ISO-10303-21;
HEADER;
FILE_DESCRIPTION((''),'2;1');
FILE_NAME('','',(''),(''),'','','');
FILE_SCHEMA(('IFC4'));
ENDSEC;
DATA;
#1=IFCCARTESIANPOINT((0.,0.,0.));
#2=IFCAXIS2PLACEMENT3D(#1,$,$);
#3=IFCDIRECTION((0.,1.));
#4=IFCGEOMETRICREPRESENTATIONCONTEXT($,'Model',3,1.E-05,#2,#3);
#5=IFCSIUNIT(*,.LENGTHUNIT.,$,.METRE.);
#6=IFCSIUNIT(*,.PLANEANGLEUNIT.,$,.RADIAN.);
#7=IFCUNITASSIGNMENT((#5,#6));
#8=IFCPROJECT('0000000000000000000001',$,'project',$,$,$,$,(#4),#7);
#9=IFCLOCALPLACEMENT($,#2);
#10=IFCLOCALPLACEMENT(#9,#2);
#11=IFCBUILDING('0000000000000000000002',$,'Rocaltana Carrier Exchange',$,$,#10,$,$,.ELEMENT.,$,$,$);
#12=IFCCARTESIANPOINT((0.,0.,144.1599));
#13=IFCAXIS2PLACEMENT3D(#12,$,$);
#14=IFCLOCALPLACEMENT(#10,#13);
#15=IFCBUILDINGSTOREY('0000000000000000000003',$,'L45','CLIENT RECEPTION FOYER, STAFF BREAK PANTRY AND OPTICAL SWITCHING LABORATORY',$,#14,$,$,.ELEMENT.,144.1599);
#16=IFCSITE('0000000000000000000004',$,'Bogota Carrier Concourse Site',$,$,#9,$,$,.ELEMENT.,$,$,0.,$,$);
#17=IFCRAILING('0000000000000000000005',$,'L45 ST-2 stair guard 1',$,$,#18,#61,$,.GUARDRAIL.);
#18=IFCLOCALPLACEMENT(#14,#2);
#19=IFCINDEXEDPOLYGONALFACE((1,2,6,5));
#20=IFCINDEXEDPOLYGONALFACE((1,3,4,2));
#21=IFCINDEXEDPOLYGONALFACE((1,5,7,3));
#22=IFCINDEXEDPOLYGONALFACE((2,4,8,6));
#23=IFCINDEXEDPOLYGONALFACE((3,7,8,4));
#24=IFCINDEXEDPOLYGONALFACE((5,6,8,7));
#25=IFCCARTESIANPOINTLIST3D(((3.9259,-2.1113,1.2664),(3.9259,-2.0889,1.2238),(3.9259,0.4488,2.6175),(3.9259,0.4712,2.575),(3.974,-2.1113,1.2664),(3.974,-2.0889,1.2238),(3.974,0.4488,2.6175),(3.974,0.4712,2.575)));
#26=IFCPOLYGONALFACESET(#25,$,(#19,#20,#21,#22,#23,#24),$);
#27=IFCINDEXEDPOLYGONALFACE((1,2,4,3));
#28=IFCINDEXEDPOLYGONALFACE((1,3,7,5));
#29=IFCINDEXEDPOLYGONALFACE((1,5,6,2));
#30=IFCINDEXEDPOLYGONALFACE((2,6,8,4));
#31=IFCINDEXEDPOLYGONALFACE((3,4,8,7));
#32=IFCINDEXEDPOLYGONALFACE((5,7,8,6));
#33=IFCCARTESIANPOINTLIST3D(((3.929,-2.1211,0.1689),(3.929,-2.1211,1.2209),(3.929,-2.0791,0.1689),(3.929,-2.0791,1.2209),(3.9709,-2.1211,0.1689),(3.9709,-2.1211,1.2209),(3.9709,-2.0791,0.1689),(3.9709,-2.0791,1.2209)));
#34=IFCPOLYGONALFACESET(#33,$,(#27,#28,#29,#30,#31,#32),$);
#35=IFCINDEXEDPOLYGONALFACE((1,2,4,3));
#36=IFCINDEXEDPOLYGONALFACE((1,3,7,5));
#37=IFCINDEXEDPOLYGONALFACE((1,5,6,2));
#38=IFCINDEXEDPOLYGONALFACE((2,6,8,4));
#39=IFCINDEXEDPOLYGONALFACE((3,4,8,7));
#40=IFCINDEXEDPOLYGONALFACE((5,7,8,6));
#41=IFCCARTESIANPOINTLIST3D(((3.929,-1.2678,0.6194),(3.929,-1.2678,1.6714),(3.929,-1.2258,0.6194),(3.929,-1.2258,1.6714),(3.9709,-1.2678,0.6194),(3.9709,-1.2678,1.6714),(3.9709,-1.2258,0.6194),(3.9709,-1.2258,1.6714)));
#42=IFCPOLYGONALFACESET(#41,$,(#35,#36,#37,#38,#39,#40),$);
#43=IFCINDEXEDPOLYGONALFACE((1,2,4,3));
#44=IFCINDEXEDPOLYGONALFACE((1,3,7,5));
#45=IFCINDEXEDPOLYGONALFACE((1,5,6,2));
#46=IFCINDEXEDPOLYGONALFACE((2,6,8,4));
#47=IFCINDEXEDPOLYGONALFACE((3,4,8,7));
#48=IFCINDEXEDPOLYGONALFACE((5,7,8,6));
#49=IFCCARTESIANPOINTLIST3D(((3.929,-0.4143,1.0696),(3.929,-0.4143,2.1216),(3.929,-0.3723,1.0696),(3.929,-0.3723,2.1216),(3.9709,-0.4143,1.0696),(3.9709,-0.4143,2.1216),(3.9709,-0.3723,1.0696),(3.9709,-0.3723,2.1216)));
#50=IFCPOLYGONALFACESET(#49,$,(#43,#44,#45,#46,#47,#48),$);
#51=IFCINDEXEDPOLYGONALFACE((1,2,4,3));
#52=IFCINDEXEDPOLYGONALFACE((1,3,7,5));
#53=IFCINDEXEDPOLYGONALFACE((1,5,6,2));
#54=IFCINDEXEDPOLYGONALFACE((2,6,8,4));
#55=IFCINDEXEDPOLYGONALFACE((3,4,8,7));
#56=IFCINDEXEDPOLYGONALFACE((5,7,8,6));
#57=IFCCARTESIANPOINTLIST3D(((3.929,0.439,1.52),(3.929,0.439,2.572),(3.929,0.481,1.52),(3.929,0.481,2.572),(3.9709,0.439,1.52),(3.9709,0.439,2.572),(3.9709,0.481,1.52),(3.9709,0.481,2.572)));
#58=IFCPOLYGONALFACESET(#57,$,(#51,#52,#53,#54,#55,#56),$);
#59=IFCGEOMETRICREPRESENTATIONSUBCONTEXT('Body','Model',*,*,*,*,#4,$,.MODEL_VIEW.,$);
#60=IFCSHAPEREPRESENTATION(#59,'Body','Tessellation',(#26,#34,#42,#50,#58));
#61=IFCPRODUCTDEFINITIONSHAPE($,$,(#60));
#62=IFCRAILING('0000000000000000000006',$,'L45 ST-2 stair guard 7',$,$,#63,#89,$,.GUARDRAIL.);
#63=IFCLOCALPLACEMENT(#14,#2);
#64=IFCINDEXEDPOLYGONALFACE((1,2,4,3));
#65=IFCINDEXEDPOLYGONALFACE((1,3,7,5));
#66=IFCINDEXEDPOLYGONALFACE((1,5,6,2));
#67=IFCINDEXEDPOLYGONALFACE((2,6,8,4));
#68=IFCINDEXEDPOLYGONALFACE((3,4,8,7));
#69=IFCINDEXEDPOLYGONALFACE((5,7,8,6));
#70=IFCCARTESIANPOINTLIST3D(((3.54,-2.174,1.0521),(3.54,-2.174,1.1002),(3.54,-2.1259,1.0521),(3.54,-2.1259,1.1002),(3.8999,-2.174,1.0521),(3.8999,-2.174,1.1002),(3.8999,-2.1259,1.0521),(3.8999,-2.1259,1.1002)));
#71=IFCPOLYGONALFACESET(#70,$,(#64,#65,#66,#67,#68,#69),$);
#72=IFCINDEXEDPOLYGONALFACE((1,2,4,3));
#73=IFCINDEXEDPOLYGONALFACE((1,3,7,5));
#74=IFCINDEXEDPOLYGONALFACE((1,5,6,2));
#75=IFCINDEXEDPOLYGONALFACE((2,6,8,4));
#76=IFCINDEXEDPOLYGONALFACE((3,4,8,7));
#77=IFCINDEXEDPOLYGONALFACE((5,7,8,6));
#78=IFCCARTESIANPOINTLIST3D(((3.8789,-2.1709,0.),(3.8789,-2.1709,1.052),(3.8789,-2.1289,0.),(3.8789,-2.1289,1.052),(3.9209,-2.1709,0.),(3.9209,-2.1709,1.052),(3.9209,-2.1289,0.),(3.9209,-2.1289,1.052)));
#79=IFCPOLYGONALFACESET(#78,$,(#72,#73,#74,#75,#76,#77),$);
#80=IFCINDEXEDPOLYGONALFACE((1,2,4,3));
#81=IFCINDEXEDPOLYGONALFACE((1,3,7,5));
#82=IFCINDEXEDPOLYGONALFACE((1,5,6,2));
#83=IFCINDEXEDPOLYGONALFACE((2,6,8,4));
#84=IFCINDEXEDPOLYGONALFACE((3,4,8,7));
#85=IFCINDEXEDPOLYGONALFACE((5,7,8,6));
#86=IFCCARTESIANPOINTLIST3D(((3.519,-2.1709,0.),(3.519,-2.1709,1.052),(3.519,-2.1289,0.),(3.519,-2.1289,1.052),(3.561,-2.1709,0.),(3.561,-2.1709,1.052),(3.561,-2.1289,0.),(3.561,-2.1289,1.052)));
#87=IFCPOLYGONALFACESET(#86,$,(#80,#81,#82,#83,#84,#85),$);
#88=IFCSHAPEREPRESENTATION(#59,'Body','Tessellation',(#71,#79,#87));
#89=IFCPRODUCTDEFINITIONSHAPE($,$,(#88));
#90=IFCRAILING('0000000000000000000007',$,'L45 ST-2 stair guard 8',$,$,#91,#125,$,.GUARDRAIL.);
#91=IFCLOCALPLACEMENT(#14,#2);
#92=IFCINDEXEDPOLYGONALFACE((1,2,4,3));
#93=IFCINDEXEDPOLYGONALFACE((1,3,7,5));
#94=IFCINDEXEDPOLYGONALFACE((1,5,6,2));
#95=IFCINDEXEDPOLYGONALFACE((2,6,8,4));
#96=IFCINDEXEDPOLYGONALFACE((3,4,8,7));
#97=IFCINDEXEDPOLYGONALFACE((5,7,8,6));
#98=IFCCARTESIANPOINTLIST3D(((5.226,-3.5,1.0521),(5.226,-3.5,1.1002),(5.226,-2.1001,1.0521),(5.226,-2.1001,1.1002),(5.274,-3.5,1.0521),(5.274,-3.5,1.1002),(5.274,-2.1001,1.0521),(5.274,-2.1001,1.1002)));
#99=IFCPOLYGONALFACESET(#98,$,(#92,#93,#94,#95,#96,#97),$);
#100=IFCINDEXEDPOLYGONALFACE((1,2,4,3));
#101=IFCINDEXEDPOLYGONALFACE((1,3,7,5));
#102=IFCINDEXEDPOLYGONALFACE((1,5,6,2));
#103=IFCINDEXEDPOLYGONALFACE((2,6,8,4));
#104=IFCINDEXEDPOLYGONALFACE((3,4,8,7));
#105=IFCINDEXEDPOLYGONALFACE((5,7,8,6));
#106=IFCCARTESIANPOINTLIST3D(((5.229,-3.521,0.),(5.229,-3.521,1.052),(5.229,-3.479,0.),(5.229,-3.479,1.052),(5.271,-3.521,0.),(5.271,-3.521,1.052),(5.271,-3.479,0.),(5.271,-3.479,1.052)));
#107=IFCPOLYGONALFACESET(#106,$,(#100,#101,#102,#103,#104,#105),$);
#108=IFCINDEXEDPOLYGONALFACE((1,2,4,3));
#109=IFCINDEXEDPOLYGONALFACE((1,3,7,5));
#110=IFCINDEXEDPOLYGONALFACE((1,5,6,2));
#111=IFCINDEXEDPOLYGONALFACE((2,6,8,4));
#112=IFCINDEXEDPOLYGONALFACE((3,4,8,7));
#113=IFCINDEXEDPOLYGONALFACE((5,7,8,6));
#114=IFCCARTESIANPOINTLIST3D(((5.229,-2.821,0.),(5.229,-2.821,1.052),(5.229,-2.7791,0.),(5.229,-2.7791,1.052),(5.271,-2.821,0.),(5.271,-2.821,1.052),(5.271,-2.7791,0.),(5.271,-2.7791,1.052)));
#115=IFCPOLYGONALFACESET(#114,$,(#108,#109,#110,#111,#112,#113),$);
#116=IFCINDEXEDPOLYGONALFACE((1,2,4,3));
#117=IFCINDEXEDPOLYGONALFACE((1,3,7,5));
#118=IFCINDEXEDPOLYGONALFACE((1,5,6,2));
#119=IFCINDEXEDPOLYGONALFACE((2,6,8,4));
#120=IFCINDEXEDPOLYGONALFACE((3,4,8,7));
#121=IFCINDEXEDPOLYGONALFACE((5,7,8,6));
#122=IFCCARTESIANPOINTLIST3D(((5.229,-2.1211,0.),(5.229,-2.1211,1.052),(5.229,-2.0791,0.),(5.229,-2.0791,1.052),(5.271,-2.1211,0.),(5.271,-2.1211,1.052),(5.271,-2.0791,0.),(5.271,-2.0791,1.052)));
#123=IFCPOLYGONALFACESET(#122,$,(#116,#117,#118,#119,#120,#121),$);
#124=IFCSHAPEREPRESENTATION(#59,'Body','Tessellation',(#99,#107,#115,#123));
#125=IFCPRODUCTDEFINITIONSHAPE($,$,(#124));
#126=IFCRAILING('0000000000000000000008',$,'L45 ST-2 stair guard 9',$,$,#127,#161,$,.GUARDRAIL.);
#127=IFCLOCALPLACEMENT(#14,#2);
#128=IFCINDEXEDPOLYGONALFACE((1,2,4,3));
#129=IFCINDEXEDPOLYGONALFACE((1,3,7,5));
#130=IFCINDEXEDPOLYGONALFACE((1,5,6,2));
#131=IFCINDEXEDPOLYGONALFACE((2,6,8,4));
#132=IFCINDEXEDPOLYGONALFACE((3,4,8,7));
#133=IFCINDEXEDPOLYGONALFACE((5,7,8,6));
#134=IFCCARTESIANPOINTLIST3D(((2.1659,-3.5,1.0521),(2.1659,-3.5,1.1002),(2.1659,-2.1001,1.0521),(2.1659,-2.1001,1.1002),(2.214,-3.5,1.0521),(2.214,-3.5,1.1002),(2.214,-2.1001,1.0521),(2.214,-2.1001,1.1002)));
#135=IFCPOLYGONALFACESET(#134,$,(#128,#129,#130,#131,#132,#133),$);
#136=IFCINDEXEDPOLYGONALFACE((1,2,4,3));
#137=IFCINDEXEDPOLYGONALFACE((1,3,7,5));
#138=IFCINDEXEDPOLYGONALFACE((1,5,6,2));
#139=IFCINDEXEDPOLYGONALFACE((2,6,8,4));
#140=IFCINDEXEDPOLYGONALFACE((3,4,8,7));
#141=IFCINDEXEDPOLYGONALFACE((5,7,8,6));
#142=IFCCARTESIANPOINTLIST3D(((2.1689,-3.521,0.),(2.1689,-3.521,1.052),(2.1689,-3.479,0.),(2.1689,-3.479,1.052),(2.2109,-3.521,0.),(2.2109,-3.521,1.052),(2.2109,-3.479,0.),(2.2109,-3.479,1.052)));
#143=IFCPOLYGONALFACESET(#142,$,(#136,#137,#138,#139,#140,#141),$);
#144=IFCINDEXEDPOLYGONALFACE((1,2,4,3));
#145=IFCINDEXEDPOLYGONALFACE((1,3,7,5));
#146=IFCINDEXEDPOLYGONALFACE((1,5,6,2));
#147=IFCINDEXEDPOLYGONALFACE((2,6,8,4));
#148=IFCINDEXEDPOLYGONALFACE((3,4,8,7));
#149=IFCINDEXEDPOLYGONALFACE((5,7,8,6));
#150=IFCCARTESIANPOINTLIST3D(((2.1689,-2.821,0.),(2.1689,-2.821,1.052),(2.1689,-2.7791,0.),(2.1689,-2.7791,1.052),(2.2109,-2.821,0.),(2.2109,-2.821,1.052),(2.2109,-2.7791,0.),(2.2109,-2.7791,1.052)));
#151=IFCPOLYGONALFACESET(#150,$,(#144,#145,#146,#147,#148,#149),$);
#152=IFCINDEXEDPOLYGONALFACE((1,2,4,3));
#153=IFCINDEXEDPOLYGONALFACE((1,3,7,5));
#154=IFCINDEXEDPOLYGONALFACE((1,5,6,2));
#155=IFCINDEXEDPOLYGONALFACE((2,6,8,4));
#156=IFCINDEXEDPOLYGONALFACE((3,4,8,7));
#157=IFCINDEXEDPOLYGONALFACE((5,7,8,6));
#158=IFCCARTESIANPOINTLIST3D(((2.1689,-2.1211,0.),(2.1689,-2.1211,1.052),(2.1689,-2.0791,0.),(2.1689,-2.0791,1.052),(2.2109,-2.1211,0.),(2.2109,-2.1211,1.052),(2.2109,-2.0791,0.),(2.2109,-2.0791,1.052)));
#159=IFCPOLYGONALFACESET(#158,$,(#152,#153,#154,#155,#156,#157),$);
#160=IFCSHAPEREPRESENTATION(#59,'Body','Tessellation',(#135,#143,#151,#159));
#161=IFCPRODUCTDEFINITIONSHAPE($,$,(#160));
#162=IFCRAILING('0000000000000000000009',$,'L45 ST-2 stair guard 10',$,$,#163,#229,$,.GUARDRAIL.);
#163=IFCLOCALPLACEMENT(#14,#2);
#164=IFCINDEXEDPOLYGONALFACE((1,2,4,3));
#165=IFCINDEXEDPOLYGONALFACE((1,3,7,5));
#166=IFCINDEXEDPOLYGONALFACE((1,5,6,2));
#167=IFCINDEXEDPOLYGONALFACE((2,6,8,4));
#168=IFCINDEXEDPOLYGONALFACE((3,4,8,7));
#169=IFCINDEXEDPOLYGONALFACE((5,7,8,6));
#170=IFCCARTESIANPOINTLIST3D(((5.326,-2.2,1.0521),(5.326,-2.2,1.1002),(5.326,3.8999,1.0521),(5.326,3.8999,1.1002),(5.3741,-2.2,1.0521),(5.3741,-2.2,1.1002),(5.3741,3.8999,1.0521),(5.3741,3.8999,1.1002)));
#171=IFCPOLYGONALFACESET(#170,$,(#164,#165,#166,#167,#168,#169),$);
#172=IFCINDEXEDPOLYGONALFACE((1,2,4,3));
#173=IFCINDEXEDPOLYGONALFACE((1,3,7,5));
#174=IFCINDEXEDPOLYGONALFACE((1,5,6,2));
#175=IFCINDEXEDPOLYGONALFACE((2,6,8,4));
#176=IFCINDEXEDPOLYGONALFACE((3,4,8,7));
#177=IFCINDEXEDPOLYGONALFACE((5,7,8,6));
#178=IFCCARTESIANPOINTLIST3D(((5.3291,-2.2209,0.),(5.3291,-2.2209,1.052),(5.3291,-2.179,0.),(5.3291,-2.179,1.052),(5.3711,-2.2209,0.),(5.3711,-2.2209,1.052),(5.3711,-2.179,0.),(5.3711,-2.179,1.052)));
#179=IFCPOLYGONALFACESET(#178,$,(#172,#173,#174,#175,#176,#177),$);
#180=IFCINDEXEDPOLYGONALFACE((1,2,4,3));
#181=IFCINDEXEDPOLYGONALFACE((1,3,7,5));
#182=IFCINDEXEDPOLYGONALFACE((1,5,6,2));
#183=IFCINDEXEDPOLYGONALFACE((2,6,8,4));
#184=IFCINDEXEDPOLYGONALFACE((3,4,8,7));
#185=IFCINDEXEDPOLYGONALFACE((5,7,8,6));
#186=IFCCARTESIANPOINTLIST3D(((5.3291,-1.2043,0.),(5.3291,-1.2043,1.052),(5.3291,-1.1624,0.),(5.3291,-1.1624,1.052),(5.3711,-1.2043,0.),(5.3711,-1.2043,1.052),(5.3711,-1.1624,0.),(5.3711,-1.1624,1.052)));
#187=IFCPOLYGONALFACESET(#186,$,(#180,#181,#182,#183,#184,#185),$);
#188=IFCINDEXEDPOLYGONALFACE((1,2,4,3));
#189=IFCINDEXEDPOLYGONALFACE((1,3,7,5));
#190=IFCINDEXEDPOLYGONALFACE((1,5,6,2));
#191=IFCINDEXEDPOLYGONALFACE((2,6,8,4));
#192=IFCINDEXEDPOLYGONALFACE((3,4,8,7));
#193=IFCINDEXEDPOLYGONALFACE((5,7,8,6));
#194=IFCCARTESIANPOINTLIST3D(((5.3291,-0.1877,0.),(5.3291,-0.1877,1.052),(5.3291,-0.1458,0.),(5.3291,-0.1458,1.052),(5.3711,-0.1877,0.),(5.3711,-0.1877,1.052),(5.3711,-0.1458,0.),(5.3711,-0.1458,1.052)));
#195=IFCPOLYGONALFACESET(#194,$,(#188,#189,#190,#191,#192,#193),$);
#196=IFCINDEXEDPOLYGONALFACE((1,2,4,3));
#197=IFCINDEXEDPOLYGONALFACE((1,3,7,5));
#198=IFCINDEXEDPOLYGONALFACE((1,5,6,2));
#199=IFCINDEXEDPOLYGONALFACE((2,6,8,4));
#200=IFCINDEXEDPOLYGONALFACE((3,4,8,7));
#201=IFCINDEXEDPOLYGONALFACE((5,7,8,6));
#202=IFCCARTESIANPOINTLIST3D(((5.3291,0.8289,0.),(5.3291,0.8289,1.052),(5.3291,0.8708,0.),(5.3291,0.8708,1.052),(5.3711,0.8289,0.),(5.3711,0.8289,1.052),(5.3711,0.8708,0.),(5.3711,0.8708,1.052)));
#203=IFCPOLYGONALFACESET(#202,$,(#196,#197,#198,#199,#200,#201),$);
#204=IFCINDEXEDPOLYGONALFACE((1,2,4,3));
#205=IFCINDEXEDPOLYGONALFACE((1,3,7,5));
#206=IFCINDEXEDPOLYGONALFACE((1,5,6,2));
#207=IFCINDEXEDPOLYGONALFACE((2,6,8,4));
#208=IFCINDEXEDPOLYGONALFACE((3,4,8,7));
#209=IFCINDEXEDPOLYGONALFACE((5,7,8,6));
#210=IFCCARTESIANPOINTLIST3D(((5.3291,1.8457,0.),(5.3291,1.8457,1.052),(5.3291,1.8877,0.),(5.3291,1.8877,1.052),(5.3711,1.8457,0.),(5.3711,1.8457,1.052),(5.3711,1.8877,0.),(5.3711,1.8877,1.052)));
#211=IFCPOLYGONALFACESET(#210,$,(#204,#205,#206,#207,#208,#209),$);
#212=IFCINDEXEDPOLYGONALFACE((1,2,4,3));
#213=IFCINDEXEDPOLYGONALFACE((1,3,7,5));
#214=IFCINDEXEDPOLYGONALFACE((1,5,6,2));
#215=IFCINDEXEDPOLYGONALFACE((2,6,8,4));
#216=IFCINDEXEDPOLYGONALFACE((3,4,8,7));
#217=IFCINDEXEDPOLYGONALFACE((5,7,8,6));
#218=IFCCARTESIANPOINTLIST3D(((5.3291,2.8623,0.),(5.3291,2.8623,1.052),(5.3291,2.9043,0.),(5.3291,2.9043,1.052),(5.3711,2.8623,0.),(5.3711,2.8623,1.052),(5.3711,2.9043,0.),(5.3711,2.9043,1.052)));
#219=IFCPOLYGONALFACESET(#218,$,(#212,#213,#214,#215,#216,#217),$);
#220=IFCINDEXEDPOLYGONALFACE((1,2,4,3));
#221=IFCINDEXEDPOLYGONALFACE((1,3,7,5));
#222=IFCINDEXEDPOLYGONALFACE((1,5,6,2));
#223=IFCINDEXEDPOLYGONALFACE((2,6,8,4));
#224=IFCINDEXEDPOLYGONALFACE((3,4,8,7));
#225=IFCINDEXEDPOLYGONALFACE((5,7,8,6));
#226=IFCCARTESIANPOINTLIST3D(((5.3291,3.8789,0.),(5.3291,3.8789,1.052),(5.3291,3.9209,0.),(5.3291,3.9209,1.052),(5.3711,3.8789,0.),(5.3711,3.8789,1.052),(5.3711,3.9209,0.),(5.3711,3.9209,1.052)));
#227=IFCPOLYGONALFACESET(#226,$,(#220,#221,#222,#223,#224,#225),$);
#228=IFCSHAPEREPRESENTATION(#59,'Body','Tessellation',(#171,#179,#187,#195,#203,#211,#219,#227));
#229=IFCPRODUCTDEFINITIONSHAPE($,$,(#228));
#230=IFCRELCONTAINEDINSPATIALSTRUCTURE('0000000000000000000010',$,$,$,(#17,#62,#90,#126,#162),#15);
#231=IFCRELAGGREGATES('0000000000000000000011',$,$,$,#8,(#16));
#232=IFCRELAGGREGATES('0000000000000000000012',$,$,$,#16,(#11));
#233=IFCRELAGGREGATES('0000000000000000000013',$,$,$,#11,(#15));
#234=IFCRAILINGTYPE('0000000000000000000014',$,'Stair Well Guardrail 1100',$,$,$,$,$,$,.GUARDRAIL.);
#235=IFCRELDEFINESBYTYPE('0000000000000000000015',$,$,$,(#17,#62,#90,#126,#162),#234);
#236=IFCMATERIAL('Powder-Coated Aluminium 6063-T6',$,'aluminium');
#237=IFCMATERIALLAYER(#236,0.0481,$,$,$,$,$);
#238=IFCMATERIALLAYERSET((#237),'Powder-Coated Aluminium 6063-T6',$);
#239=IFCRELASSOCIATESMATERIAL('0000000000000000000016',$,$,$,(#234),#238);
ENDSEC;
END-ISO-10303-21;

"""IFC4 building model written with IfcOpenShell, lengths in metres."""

from ifc_helpers import new_model, si_unit, direction, frame, origin, origin_2d, place, context, subcontext, project, spatial, rectangle, extrude, material, layer, layer_set, type_object, element, save


model = new_model("IFC4")

# Units and contexts
model_context = context("Model", 3, precision=1e-05, world=origin(), true_north=direction((0.0, 1.0)))
body_context = subcontext(model_context, "Body", "Model", "MODEL_VIEW")
ifc_project = project(units=[si_unit("LENGTHUNIT", "METRE"), si_unit("PLANEANGLEUNIT", "RADIAN")], contexts=[model_context])

# Site, building, storey
site_placement = place(None, origin())
site = spatial("IfcSite", under=ifc_project, at=site_placement, Name="Bogota Carrier Concourse Site", CompositionType="ELEMENT", RefElevation=0.0)
building_placement = place(site_placement, origin())
building = spatial("IfcBuilding", under=site, at=building_placement, Name="Rocaltana Carrier Exchange", CompositionType="ELEMENT")
storey_placement = place(building_placement, frame((0.0, 0.0, 144.1599)))
storey = spatial("IfcBuildingStorey", under=building, at=storey_placement, Name="L45", Description="CLIENT RECEPTION FOYER, STAFF BREAK PANTRY AND OPTICAL SWITCHING LABORATORY", CompositionType="ELEMENT", Elevation=144.1599)

# Railings
ifc_material_1 = material(Name="Powder-Coated Aluminium 6063-T6", Category="aluminium")
ifc_layer_1 = layer(ifc_material_1, 0.0481)
ifc_layer_set_1 = layer_set([ifc_layer_1], Name="Powder-Coated Aluminium 6063-T6")
railing_type_1 = type_object("IfcRailingType", Name="Stair Well Guardrail 1100", PredefinedType="GUARDRAIL", material=ifc_layer_set_1)
railing_1_placement = place(storey_placement, frame((3.95, -2.1001, 0.1689)))
element("IfcRailing", 1, at=railing_1_placement, inside=storey, type_object=railing_type_1, Name="L45 ST-2 stair guard 1", PredefinedType="GUARDRAIL", context=body_context, shape_type="SweptSolid", body=[
    extrude(rectangle(XDim=0.0481, YDim=0.0481, at=origin_2d()), frame((0.0, 0.0, 1.0762), z_axis=(0.0, 0.884394, 0.46674), x_axis=(-1.0, 0.0, 0.0)), (0.0, 0.0, 1.0), 2.8948),
    extrude(rectangle(XDim=0.042, YDim=0.042, at=origin_2d()), origin(), (0.0, 0.0, 1.0), 1.052),
    extrude(rectangle(XDim=0.042, YDim=0.042, at=origin_2d()), frame((0.0, 0.8533, 0.4504)), (0.0, 0.0, 1.0), 1.052),
    extrude(rectangle(XDim=0.042, YDim=0.042, at=origin_2d()), frame((0.0, 1.7068, 0.9006)), (0.0, 0.0, 1.0), 1.052),
    extrude(rectangle(XDim=0.042, YDim=0.042, at=origin_2d()), frame((0.0, 2.5601, 1.3511)), (0.0, 0.0, 1.0), 1.052),
])
railing_2_placement = place(storey_placement, frame((3.8999, -2.1499, 0.0)))
element("IfcRailing", 2, at=railing_2_placement, inside=storey, type_object=railing_type_1, Name="L45 ST-2 stair guard 7", PredefinedType="GUARDRAIL", context=body_context, shape_type="SweptSolid", body=[
    extrude(rectangle(XDim=0.0481, YDim=0.0481, at=origin_2d()), frame((0.0, 0.0, 1.0762), z_axis=(-1.0, 0.0, 0.0), x_axis=(0.0, -1.0, 0.0)), (0.0, 0.0, 1.0), 0.3599),
    extrude(rectangle(XDim=0.042, YDim=0.042, at=origin_2d()), origin(), (0.0, 0.0, 1.0), 1.052),
    extrude(rectangle(XDim=0.042, YDim=0.042, at=origin_2d()), frame((-0.3599, 0.0, 0.0)), (0.0, 0.0, 1.0), 1.052),
])
for number, where, name in (
    (3, (5.25, -3.5, 0.0), "L45 ST-2 stair guard 8"),
    (4, (2.1899, -3.5, 0.0), "L45 ST-2 stair guard 9"),
):
    element("IfcRailing", number, at=place(storey_placement, frame(where)), inside=storey, type_object=railing_type_1, Name=name, PredefinedType="GUARDRAIL", context=body_context, shape_type="SweptSolid", body=[
        extrude(rectangle(XDim=0.0481, YDim=0.0481, at=origin_2d()), frame((0.0, 0.0, 1.0762), z_axis=(0.0, 1.0, 0.0), x_axis=(-1.0, 0.0, 0.0)), (0.0, 0.0, 1.0), 1.3999),
        extrude(rectangle(XDim=0.042, YDim=0.042, at=origin_2d()), origin(), (0.0, 0.0, 1.0), 1.052),
        extrude(rectangle(XDim=0.042, YDim=0.042, at=origin_2d()), frame((0.0, 0.7, 0.0)), (0.0, 0.0, 1.0), 1.052),
        extrude(rectangle(XDim=0.042, YDim=0.042, at=origin_2d()), frame((0.0, 1.3999, 0.0)), (0.0, 0.0, 1.0), 1.052),
    ])
for number, where, name in (
    (5, (5.3501, -2.2, 0.0), "L45 ST-2 stair guard 10"),
):
    element("IfcRailing", number, at=place(storey_placement, frame(where)), inside=storey, type_object=railing_type_1, Name=name, PredefinedType="GUARDRAIL", context=body_context, shape_type="SweptSolid", body=[
        extrude(rectangle(XDim=0.0481, YDim=0.0481, at=origin_2d()), frame((0.0, 0.0, 1.0762), z_axis=(0.0, 1.0, 0.0), x_axis=(-1.0, 0.0, 0.0)), (0.0, 0.0, 1.0), 6.0999),
        extrude(rectangle(XDim=0.042, YDim=0.042, at=origin_2d()), origin(), (0.0, 0.0, 1.0), 1.052),
        extrude(rectangle(XDim=0.042, YDim=0.042, at=origin_2d()), frame((0.0, 1.0166, 0.0)), (0.0, 0.0, 1.0), 1.052),
        extrude(rectangle(XDim=0.042, YDim=0.042, at=origin_2d()), frame((0.0, 2.0332, 0.0)), (0.0, 0.0, 1.0), 1.052),
        extrude(rectangle(XDim=0.042, YDim=0.042, at=origin_2d()), frame((0.0, 3.0498, 0.0)), (0.0, 0.0, 1.0), 1.052),
        extrude(rectangle(XDim=0.042, YDim=0.042, at=origin_2d()), frame((0.0, 4.0667, 0.0)), (0.0, 0.0, 1.0), 1.052),
        extrude(rectangle(XDim=0.042, YDim=0.042, at=origin_2d()), frame((0.0, 5.0833, 0.0)), (0.0, 0.0, 1.0), 1.052),
        extrude(rectangle(XDim=0.042, YDim=0.042, at=origin_2d()), frame((0.0, 6.0999, 0.0)), (0.0, 0.0, 1.0), 1.052),
    ])

save(model, "model.ifc")
